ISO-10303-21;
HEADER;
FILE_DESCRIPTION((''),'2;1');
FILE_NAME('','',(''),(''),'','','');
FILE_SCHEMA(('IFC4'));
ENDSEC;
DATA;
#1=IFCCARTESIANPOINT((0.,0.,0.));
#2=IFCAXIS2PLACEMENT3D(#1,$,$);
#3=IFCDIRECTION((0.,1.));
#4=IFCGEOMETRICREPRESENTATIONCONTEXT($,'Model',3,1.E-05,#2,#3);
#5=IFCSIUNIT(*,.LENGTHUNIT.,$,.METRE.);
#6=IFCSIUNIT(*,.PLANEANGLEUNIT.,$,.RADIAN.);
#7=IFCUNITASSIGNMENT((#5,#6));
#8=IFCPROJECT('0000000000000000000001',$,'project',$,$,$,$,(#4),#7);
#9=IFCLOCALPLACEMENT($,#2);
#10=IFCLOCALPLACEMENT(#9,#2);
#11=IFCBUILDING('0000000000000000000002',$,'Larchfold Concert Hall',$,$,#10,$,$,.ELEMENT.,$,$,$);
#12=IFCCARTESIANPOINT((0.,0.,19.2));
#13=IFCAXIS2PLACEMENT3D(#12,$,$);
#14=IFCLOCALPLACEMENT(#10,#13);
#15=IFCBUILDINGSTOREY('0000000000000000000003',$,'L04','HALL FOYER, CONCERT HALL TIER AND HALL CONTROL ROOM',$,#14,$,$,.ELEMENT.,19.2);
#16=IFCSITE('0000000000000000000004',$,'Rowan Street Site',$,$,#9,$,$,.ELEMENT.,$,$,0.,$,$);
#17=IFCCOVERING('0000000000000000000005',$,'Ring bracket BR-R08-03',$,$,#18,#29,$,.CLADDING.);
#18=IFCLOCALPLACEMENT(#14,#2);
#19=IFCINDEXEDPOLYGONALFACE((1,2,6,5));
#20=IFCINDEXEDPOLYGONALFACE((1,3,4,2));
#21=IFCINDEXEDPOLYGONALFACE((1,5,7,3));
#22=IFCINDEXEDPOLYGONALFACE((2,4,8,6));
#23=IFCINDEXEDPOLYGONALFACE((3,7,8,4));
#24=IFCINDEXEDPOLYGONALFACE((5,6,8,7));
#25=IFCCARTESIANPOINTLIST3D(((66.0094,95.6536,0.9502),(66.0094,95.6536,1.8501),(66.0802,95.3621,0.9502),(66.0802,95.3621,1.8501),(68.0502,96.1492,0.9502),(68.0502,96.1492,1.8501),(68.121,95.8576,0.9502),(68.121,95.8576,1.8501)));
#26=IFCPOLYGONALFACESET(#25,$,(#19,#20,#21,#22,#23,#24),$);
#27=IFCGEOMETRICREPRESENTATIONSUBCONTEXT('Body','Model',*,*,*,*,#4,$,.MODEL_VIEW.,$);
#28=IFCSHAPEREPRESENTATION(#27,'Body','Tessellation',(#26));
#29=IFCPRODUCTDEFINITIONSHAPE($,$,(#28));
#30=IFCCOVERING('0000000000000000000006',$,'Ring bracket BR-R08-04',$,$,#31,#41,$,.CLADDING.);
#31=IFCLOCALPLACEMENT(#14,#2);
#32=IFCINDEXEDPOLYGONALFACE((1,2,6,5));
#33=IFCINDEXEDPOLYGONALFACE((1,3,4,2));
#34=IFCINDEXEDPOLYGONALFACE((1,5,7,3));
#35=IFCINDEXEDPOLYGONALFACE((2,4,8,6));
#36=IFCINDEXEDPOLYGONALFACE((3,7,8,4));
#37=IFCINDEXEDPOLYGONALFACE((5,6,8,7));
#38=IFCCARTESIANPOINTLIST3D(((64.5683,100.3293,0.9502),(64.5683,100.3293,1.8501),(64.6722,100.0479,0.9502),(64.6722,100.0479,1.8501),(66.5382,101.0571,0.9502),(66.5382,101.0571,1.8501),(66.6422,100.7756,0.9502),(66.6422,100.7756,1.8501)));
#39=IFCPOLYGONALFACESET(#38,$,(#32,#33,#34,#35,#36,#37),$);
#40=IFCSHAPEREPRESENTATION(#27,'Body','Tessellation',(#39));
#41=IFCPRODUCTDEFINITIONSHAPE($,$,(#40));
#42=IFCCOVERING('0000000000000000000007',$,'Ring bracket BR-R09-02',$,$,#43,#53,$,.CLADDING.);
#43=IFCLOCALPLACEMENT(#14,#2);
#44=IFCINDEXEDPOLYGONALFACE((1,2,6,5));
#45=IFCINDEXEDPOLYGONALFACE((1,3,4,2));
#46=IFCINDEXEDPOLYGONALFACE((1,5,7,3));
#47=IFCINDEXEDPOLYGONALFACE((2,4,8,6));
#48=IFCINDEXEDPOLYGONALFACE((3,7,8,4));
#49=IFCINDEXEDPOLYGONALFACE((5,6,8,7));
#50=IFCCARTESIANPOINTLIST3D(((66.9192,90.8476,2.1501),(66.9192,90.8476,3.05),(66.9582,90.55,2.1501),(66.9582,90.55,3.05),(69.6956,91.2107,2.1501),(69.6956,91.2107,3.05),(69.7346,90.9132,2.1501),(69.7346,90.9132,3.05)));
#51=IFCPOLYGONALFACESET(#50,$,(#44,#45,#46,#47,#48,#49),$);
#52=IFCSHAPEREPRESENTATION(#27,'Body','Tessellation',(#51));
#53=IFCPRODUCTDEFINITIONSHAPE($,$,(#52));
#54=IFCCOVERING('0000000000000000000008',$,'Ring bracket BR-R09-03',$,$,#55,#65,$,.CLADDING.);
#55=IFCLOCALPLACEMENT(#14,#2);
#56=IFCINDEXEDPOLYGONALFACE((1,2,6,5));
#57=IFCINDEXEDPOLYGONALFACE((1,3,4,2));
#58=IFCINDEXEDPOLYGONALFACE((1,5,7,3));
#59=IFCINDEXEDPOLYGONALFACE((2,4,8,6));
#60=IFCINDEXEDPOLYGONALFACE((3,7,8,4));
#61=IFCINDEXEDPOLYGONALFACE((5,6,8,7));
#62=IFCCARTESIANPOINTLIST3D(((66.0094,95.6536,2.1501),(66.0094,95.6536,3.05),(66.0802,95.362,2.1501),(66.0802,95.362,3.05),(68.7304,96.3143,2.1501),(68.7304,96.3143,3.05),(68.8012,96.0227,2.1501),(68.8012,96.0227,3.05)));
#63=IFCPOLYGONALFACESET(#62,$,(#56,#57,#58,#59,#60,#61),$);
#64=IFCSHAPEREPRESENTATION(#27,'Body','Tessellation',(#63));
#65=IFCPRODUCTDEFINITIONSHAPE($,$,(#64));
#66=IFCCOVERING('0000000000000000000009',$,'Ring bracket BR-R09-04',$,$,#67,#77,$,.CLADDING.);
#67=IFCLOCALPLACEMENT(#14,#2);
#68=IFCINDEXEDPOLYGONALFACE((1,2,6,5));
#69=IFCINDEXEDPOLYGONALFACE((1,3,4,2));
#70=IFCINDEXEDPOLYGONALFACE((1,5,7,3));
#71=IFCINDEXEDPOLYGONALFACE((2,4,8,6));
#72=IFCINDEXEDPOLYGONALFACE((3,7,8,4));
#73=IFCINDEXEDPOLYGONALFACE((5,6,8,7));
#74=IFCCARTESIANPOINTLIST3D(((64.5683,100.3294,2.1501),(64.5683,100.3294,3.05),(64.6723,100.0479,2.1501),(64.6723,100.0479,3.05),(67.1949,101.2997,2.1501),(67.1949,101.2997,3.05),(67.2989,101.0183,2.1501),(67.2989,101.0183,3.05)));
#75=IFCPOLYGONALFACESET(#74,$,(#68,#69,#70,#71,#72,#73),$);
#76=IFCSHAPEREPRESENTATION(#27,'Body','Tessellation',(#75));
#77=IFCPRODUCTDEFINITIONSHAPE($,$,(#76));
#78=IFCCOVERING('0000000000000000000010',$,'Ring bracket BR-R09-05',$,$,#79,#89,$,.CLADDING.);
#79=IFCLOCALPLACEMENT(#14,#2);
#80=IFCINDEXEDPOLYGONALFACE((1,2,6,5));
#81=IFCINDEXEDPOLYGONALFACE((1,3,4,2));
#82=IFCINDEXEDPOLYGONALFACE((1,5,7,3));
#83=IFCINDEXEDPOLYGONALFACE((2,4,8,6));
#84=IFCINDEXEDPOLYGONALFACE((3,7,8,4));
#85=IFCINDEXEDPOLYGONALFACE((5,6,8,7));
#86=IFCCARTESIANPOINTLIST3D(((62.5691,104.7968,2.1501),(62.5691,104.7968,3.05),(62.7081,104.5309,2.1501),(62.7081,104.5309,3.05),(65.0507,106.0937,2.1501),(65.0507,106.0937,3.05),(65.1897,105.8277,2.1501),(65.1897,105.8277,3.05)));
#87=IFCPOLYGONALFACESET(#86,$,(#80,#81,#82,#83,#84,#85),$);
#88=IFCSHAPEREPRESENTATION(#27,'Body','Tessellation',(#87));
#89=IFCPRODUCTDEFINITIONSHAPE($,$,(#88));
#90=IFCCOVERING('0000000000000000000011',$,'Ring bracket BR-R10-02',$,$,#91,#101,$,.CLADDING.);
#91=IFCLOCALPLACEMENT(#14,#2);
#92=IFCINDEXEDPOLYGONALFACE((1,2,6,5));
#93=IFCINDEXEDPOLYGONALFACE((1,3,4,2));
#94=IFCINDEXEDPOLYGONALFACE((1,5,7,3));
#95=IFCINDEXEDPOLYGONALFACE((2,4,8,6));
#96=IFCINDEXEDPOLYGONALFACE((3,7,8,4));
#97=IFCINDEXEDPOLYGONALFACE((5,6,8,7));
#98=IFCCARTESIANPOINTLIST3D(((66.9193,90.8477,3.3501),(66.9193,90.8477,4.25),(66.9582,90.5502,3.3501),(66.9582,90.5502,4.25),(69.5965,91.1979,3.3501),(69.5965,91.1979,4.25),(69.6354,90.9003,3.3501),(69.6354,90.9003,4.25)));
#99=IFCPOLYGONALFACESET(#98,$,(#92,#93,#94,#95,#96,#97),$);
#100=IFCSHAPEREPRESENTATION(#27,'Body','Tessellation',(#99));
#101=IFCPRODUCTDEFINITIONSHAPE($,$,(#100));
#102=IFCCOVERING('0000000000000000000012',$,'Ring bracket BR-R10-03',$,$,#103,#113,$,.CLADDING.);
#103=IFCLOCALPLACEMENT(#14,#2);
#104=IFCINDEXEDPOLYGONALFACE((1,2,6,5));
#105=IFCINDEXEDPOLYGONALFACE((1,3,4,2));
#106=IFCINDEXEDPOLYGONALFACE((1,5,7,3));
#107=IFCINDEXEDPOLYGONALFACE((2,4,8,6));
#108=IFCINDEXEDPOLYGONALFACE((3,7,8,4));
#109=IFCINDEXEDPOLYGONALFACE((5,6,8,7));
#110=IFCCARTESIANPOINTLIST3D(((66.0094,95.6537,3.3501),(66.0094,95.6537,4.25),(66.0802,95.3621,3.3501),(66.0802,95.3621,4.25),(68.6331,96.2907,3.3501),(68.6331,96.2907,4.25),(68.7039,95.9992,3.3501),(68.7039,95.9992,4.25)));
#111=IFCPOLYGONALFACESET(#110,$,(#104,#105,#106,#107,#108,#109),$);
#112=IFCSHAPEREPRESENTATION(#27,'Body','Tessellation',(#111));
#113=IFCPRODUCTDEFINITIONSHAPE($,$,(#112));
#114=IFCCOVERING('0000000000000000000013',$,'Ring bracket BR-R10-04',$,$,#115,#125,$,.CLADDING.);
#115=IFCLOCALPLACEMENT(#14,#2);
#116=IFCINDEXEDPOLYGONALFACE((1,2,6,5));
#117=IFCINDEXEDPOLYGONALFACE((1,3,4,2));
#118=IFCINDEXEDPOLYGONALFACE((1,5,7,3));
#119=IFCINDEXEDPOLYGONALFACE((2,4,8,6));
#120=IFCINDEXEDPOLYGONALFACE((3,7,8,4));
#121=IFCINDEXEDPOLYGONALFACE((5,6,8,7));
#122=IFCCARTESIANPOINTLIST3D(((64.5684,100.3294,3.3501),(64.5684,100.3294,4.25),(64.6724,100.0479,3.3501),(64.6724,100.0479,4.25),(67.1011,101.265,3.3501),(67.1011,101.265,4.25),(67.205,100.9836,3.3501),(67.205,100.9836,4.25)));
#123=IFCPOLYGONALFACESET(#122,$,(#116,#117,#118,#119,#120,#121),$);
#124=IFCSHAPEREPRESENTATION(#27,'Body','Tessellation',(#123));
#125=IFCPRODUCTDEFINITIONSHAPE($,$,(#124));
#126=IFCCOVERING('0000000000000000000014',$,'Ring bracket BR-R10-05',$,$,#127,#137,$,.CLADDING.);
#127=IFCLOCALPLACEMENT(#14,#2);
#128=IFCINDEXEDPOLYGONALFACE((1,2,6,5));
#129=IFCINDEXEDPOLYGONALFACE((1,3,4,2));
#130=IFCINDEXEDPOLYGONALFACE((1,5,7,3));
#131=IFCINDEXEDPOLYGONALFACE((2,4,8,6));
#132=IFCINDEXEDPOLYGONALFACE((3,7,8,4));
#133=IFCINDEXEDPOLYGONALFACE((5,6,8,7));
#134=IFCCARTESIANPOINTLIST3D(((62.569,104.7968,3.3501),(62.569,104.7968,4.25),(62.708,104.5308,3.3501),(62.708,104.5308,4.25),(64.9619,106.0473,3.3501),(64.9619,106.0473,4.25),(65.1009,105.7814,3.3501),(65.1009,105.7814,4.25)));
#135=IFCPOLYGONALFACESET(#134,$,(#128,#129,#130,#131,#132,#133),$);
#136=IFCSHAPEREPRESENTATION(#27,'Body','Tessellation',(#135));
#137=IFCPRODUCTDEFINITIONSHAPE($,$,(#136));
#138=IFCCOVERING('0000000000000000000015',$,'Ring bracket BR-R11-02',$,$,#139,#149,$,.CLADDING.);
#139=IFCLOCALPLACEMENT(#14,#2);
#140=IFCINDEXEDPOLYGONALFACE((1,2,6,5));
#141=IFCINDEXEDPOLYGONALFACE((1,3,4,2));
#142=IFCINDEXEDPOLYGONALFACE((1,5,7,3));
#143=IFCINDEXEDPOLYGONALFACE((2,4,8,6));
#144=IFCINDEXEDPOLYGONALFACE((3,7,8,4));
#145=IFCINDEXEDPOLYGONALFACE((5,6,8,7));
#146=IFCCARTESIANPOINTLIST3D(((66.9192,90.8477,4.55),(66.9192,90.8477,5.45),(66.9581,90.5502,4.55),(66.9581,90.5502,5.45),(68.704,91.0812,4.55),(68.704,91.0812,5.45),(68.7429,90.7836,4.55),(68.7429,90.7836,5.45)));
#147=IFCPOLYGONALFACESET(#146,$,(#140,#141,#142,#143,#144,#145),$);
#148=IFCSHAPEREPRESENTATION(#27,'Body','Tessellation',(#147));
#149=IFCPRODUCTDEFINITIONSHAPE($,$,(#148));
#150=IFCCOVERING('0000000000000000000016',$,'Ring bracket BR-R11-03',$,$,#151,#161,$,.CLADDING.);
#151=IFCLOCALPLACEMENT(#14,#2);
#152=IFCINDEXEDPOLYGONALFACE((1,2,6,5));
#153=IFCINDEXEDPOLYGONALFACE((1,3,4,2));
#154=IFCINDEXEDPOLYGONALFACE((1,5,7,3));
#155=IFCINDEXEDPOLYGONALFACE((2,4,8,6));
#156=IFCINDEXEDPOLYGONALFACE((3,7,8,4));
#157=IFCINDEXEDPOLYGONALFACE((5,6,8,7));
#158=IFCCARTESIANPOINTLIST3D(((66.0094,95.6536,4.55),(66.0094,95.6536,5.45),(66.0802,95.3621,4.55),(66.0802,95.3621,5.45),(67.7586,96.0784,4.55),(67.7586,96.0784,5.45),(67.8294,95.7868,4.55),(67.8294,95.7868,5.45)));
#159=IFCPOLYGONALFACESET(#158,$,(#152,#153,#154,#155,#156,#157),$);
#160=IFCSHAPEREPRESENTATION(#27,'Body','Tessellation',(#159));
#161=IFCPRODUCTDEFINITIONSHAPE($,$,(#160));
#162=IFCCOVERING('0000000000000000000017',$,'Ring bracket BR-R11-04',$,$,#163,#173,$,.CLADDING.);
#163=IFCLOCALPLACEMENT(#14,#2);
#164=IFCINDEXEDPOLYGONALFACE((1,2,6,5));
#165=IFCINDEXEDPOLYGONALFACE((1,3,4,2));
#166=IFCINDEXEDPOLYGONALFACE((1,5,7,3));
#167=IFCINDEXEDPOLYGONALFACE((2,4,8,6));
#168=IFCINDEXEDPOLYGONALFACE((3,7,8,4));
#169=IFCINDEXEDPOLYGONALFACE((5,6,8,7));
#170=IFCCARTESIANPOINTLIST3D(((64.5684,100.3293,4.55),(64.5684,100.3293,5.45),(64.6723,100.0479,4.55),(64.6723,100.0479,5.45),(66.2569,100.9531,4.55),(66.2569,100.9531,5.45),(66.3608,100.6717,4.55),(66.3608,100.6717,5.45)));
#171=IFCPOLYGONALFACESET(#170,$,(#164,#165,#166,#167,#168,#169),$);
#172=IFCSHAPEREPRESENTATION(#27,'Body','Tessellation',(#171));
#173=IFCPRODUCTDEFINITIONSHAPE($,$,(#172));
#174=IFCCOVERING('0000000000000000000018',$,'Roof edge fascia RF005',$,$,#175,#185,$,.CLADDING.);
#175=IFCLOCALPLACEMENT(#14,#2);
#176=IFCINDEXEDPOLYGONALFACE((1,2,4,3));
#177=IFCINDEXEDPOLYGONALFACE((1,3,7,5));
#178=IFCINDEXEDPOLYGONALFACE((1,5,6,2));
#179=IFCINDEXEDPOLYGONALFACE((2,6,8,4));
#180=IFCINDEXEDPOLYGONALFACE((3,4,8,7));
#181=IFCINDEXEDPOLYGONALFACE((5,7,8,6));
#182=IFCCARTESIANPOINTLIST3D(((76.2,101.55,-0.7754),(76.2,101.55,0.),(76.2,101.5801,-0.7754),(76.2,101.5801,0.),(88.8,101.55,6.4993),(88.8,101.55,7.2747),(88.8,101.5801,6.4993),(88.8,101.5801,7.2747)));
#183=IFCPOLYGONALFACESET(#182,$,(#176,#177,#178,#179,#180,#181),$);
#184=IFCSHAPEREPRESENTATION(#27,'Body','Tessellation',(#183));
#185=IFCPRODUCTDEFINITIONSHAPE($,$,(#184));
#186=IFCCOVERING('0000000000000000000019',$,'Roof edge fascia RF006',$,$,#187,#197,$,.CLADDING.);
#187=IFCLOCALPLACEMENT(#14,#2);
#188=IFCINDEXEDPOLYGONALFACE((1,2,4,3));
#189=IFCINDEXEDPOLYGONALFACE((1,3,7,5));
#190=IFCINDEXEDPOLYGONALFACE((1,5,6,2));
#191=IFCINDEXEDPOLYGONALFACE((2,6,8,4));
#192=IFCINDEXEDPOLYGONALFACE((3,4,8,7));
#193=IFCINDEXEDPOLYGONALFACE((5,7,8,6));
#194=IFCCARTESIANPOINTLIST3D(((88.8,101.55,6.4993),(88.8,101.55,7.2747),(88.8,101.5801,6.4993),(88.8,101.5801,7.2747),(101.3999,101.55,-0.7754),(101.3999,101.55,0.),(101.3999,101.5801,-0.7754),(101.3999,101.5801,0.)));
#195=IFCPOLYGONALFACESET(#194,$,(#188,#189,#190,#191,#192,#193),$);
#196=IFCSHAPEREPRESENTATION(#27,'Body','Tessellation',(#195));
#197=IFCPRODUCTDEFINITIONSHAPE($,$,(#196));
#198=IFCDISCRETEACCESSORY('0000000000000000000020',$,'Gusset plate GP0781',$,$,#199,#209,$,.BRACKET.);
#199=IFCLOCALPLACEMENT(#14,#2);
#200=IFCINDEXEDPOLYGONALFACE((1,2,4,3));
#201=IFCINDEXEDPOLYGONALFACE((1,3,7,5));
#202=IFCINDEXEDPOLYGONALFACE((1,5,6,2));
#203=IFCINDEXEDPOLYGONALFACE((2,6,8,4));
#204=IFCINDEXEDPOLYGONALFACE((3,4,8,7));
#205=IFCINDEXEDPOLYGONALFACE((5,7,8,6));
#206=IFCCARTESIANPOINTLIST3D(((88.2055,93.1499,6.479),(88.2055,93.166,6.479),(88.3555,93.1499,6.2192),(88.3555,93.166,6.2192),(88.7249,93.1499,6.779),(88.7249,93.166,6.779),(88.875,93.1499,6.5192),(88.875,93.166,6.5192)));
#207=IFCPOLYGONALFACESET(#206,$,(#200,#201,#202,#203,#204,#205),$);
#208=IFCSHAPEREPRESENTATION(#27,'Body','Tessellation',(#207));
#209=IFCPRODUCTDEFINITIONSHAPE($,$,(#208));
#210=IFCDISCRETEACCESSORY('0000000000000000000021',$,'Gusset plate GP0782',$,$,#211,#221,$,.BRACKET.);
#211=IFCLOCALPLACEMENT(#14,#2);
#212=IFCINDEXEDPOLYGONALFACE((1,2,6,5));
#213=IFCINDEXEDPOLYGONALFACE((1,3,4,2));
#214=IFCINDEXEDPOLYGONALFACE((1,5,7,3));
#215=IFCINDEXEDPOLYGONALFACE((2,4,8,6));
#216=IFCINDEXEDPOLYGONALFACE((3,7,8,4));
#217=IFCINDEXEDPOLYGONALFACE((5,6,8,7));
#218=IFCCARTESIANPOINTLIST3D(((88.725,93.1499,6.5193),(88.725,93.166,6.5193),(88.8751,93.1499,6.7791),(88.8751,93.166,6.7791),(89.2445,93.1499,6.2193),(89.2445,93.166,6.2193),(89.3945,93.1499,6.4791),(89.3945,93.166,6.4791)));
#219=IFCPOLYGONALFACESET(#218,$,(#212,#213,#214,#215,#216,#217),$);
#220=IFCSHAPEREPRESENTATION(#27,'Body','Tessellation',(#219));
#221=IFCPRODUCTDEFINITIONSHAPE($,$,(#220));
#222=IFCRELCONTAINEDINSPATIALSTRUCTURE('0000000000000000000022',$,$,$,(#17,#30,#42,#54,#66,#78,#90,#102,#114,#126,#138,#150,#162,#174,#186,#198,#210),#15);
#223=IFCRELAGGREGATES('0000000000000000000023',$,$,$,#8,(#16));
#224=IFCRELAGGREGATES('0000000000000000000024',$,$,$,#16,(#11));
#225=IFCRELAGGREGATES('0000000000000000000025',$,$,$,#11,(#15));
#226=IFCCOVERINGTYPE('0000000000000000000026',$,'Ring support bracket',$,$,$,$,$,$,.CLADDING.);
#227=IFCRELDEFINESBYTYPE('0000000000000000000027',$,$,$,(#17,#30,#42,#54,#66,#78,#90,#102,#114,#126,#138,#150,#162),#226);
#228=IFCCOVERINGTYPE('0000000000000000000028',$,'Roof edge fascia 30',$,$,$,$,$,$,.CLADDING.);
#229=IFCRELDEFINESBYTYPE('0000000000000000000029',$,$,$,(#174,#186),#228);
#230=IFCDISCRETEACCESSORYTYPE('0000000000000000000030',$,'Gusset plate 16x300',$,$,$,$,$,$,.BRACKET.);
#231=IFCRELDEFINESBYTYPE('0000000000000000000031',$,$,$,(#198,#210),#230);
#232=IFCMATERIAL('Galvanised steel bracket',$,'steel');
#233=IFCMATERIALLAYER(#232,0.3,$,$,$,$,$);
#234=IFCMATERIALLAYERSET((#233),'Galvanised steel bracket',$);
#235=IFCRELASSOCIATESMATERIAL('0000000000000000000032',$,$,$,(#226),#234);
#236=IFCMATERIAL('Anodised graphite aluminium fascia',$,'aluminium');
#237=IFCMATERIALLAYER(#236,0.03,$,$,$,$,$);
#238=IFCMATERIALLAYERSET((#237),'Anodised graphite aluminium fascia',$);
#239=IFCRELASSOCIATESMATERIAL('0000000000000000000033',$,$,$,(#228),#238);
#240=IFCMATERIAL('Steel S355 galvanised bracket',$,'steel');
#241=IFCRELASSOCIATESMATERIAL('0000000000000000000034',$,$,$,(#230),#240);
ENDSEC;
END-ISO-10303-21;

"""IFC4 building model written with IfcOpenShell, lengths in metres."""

from ifc_helpers import new_model, si_unit, direction, frame, origin, origin_2d, place, context, subcontext, project, spatial, polyline, rectangle, outline, extrude, material, layer, layer_set, material_profile, profile_set, type_object, element, save


model = new_model("IFC4")

# Units and contexts
model_context = context("Model", 3, precision=1e-05, world=origin(), true_north=direction((0.0, 1.0)))
body_context = subcontext(model_context, "Body", "Model", "MODEL_VIEW")
ifc_project = project(units=[si_unit("LENGTHUNIT", "METRE"), si_unit("PLANEANGLEUNIT", "RADIAN")], contexts=[model_context])

# Site, building, storey
site_placement = place(None, origin())
site = spatial("IfcSite", under=ifc_project, at=site_placement, Name="Rowan Street Site", CompositionType="ELEMENT", RefElevation=0.0)
building_placement = place(site_placement, origin())
building = spatial("IfcBuilding", under=site, at=building_placement, Name="Larchfold Concert Hall", CompositionType="ELEMENT")
storey_placement = place(building_placement, frame((0.0, 0.0, 19.2)))
storey = spatial("IfcBuildingStorey", under=building, at=storey_placement, Name="L04", Description="HALL FOYER, CONCERT HALL TIER AND HALL CONTROL ROOM", CompositionType="ELEMENT", Elevation=19.2)

# Coverings
ifc_material_1 = material(Name="Galvanised steel bracket", Category="steel")
ifc_layer_1 = layer(ifc_material_1, 0.3)
ifc_layer_set_1 = layer_set([ifc_layer_1], Name="Galvanised steel bracket")
covering_type_1 = type_object("IfcCoveringType", Name="Ring support bracket", PredefinedType="CLADDING", material=ifc_layer_set_1)
for number, where, z_axis, x_axis, name in (
    (1, (67.0652, 95.7556, 0.9502), (0.0, 0.0, 1.0), (0.971763, 0.23596, 0.0), "Ring bracket BR-R08-03"),
    (2, (65.6052, 100.5525, 0.9502), (0.0, 0.0, 1.0), (0.938035, 0.346541, 0.0), "Ring bracket BR-R08-04"),
):
    element("IfcCovering", number, at=place(storey_placement, frame(where, z_axis=z_axis, x_axis=x_axis)), inside=storey, type_object=covering_type_1, Name=name, PredefinedType="CLADDING", context=body_context, shape_type="SweptSolid", body=[
        extrude(rectangle(XDim=2.1001, YDim=0.3, at=origin_2d()), origin(), (0.0, 0.0, 1.0), 0.8999),
    ])
for number, where, z_axis, x_axis, name in (
    (3, (68.3269, 90.8804, 2.1501), (0.0, 0.0, 1.0), (0.991554, 0.129693, 0.0), "Ring bracket BR-R09-02"),
    (4, (67.4053, 95.8381, 2.1501), (0.0, 0.0, 1.0), (0.971763, 0.23596, 0.0), "Ring bracket BR-R09-03"),
    (5, (65.9336, 100.6738, 2.1501), (0.0, 0.0, 1.0), (0.938035, 0.346541, 0.0), "Ring bracket BR-R09-04"),
    (6, (63.8794, 105.3123, 2.1501), (0.0, 0.0, 1.0), (0.886274, 0.463162, 0.0), "Ring bracket BR-R09-05"),
):
    element("IfcCovering", number, at=place(storey_placement, frame(where, z_axis=z_axis, x_axis=x_axis)), inside=storey, type_object=covering_type_1, Name=name, PredefinedType="CLADDING", context=body_context, shape_type="SweptSolid", body=[
        extrude(rectangle(XDim=2.8, YDim=0.3, at=origin_2d()), origin(), (0.0, 0.0, 1.0), 0.8999),
    ])
for number, where, z_axis, x_axis, name in (
    (7, (68.2773, 90.874, 3.3501), (0.0, 0.0, 1.0), (0.991554, 0.129693, 0.0), "Ring bracket BR-R10-02"),
    (8, (67.3567, 95.8264, 3.3501), (0.0, 0.0, 1.0), (0.971763, 0.23596, 0.0), "Ring bracket BR-R10-03"),
    (9, (65.8867, 100.6565, 3.3501), (0.0, 0.0, 1.0), (0.938035, 0.346541, 0.0), "Ring bracket BR-R10-04"),
    (10, (63.835, 105.2891, 3.3501), (0.0, 0.0, 1.0), (0.886274, 0.463162, 0.0), "Ring bracket BR-R10-05"),
):
    element("IfcCovering", number, at=place(storey_placement, frame(where, z_axis=z_axis, x_axis=x_axis)), inside=storey, type_object=covering_type_1, Name=name, PredefinedType="CLADDING", context=body_context, shape_type="SweptSolid", body=[
        extrude(rectangle(XDim=2.7, YDim=0.3, at=origin_2d()), origin(), (0.0, 0.0, 1.0), 0.8999),
    ])
for number, where, z_axis, x_axis, name in (
    (11, (67.8311, 90.8157, 4.55), (0.0, 0.0, 1.0), (0.991554, 0.129693, 0.0), "Ring bracket BR-R11-02"),
    (12, (66.9194, 95.7202, 4.55), (0.0, 0.0, 1.0), (0.971763, 0.23596, 0.0), "Ring bracket BR-R11-03"),
    (13, (65.4646, 100.5005, 4.55), (0.0, 0.0, 1.0), (0.938035, 0.346541, 0.0), "Ring bracket BR-R11-04"),
):
    element("IfcCovering", number, at=place(storey_placement, frame(where, z_axis=z_axis, x_axis=x_axis)), inside=storey, type_object=covering_type_1, Name=name, PredefinedType="CLADDING", context=body_context, shape_type="SweptSolid", body=[
        extrude(rectangle(XDim=1.8, YDim=0.3, at=origin_2d()), origin(), (0.0, 0.0, 1.0), 0.8999),
    ])
ifc_material_2 = material(Name="Anodised graphite aluminium fascia", Category="aluminium")
ifc_layer_2 = layer(ifc_material_2, 0.03)
ifc_layer_set_2 = layer_set([ifc_layer_2], Name="Anodised graphite aluminium fascia")
covering_type_2 = type_object("IfcCoveringType", Name="Roof edge fascia 30", PredefinedType="CLADDING", material=ifc_layer_set_2)
covering_1_placement = place(storey_placement, frame((76.2, 101.5801, 0.0), z_axis=(0.0, 1.0, 0.0), x_axis=(0.866026, 0.0, 0.499999)))
element("IfcCovering", 14, at=covering_1_placement, inside=storey, type_object=covering_type_2, Name="Roof edge fascia RF005", PredefinedType="CLADDING", context=body_context, shape_type="SweptSolid", body=[
    extrude(outline(polyline([(0.0, 0.0), (14.5493, 0.0), (14.1616, 0.6715), (-0.3877, 0.6715), (0.0, 0.0)])), origin(), (0.0, 0.0, -1.0), 0.03),
])
covering_2_placement = place(storey_placement, frame((88.8, 101.5801, 7.2747), z_axis=(0.0, 1.0, 0.0), x_axis=(0.866022, 0.0, -0.500007)))
element("IfcCovering", 15, at=covering_2_placement, inside=storey, type_object=covering_type_2, Name="Roof edge fascia RF006", PredefinedType="CLADDING", context=body_context, shape_type="SweptSolid", body=[
    extrude(outline(polyline([(0.0, 0.0), (14.5491, 0.0), (14.9368, 0.6715), (0.3877, 0.6715), (0.0, 0.0)])), origin(), (0.0, 0.0, -1.0), 0.03),
])

# Discrete accessories
ifc_material_3 = material(Name="Steel S355 galvanised bracket", Category="steel")
ifc_material_profile_1 = material_profile(ifc_material_3, rectangle(XDim=0.0161, YDim=0.3, at=origin_2d()))
ifc_profile_set_1 = profile_set([ifc_material_profile_1], Name="Steel S355 galvanised bracket")
discrete_accessory_type = type_object("IfcDiscreteAccessoryType", Name="Gusset plate 16x300", PredefinedType="BRACKET", material=ifc_profile_set_1)
for number, where, z_axis, x_axis, name in (
    (16, (88.2805, 93.158, 6.3491), (0.865955, 0.0, 0.500122), (0.0, 1.0, 0.0), "Gusset plate GP0781"),
    (17, (88.8, 93.158, 6.6492), (0.865955, 0.0, -0.500122), (0.0, 1.0, 0.0), "Gusset plate GP0782"),
):
    element("IfcDiscreteAccessory", number, at=place(storey_placement, frame(where, z_axis=z_axis, x_axis=x_axis)), inside=storey, type_object=discrete_accessory_type, Name=name, PredefinedType="BRACKET", context=body_context, shape_type="SweptSolid", body=[
        extrude(rectangle(XDim=0.0161, YDim=0.3, at=origin_2d()), origin(), (0.0, 0.0, 1.0), 0.5999),
    ])

save(model, "model.ifc")
